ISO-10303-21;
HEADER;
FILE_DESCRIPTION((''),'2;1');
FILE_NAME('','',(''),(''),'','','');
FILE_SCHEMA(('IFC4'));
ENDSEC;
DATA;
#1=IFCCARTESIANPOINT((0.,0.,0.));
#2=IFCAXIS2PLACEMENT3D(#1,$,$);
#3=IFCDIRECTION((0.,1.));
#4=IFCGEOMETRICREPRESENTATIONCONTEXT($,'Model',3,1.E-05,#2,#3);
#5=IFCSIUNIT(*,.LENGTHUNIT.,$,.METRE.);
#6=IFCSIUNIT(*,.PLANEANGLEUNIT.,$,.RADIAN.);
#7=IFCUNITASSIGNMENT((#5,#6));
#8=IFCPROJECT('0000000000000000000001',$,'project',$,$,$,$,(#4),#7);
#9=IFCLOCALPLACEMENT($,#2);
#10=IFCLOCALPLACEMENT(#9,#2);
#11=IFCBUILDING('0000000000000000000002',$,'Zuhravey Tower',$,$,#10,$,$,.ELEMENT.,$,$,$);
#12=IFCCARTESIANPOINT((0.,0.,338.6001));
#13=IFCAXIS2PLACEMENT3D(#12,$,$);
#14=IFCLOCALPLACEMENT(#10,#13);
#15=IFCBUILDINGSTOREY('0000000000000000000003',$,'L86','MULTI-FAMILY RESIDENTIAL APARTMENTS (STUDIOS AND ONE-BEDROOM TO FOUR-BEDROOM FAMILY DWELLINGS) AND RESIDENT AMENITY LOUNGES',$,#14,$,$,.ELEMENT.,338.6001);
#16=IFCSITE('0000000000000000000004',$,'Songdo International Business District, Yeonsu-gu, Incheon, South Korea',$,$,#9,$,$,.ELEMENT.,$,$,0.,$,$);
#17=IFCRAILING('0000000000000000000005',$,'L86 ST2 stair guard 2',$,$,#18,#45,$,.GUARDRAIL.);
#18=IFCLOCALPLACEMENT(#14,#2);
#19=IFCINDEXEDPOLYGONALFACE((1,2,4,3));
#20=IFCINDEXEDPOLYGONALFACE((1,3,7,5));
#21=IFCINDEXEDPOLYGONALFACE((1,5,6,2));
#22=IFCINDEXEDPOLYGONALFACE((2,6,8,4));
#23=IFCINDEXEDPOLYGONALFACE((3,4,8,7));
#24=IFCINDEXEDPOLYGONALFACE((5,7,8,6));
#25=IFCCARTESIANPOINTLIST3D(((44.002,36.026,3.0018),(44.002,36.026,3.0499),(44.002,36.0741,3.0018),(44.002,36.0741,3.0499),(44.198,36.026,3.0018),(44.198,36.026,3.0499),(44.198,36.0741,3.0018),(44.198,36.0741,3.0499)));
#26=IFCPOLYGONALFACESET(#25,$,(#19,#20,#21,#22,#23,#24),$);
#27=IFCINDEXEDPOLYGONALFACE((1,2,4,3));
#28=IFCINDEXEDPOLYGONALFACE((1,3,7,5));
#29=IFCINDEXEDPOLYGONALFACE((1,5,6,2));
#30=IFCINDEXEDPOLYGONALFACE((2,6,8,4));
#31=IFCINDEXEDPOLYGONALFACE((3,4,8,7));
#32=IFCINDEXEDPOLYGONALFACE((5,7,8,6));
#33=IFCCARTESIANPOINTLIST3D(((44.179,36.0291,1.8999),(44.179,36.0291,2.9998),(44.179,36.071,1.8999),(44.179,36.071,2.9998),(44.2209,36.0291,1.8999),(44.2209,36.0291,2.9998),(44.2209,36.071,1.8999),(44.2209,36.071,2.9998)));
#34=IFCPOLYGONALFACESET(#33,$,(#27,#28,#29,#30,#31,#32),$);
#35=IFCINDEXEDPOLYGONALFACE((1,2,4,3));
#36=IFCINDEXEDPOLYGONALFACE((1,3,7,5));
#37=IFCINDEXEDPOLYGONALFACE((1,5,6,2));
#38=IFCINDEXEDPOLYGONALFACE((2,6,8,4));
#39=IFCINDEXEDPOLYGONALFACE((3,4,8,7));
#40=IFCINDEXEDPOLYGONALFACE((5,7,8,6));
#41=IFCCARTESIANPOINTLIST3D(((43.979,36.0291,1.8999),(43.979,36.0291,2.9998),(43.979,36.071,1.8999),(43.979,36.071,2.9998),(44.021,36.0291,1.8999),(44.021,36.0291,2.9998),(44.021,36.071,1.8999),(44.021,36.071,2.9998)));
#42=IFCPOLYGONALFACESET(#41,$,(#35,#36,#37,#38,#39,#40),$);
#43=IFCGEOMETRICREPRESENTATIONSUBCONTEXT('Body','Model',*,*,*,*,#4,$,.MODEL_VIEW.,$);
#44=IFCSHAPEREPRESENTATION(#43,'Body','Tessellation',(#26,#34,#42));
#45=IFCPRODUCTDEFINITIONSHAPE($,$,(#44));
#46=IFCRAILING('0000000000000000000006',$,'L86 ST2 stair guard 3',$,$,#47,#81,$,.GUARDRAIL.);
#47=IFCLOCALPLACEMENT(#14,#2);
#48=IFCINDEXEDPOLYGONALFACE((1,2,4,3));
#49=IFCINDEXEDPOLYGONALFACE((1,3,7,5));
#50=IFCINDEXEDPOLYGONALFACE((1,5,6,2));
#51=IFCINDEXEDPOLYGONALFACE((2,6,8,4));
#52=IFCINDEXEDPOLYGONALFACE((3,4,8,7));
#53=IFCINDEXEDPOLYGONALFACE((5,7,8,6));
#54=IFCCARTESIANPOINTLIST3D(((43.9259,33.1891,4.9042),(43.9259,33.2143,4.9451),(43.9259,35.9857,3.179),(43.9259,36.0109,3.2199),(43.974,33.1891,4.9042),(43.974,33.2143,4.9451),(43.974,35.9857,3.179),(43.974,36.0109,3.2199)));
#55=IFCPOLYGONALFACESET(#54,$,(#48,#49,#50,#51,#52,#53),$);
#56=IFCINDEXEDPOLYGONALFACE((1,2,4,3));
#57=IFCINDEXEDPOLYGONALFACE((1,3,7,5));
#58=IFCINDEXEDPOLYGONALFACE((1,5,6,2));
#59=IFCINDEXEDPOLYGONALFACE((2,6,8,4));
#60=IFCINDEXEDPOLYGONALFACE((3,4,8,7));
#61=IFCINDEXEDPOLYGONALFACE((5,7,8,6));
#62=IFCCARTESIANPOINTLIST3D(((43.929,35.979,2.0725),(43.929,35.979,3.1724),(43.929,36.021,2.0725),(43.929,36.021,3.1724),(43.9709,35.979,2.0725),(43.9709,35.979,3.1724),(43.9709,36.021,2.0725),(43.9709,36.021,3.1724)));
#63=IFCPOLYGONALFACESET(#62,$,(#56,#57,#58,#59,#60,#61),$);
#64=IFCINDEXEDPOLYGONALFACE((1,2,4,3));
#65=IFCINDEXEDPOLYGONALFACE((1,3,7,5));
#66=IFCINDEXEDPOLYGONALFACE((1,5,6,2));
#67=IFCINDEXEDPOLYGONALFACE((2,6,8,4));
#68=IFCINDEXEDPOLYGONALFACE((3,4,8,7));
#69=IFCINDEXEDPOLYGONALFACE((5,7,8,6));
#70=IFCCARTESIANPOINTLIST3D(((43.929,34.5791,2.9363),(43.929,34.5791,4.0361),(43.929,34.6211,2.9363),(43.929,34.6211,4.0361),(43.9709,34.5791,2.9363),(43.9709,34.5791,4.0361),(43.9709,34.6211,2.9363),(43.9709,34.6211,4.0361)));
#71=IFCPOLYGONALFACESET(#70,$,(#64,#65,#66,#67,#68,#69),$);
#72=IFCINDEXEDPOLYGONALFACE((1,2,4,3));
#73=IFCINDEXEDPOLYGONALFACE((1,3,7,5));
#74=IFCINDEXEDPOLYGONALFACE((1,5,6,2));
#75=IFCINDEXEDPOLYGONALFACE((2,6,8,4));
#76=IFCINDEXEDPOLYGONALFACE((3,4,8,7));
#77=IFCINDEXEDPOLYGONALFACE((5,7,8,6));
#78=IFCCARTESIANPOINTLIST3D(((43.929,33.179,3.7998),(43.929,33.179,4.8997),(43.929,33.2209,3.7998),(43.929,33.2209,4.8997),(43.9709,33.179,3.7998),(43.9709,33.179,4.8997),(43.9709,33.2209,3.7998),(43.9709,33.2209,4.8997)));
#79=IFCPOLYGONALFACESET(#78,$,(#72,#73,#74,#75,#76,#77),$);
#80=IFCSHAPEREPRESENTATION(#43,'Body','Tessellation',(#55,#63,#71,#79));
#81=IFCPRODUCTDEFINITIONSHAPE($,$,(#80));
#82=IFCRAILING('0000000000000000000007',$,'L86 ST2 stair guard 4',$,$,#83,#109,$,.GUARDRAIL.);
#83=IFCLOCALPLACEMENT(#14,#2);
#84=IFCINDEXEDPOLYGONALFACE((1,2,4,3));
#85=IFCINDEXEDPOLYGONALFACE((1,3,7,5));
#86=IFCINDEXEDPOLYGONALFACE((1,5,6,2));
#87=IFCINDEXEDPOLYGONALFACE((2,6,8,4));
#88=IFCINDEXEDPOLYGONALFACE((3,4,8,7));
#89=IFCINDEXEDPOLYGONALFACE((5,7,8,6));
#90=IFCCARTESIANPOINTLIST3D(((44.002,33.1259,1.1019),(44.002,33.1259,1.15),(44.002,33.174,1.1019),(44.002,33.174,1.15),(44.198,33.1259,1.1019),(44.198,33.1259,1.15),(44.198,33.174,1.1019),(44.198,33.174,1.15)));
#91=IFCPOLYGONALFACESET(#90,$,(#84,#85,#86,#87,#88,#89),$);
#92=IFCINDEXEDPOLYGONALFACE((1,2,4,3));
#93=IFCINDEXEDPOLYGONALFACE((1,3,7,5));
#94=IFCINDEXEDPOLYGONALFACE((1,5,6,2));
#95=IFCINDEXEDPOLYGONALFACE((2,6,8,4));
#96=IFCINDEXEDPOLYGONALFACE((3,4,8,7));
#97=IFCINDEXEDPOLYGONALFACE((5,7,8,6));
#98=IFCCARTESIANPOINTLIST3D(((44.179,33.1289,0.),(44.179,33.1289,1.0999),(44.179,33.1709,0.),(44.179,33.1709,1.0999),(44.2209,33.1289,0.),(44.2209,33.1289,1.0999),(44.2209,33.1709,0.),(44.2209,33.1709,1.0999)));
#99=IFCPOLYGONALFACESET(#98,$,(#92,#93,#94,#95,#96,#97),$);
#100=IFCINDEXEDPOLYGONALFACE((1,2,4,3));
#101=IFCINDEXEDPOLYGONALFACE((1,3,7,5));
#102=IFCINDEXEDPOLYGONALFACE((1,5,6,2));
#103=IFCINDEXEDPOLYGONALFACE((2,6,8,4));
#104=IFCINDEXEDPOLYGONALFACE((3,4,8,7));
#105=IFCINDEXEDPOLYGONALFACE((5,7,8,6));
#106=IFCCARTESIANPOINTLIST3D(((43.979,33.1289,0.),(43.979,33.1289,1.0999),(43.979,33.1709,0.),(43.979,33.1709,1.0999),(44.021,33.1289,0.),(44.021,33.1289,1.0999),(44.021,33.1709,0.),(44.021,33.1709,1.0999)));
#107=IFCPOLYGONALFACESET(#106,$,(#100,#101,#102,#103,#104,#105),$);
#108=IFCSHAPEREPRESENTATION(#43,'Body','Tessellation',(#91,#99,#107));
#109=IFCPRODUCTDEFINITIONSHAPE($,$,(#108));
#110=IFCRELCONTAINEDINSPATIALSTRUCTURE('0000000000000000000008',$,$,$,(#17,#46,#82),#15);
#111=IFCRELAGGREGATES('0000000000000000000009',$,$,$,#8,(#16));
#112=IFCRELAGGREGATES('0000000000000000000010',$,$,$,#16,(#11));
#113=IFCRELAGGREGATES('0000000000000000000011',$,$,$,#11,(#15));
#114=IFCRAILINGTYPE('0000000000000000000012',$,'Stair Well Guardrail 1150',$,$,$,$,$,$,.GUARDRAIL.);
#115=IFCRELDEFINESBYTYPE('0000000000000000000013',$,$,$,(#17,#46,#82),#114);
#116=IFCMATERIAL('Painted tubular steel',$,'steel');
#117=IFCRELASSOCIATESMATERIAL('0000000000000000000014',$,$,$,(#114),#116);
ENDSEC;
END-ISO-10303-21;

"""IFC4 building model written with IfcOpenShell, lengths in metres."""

from ifc_helpers import new_model, si_unit, direction, frame, origin, origin_2d, place, context, subcontext, project, spatial, rectangle, extrude, material, type_object, element, save


model = new_model("IFC4")

# Units and contexts
model_context = context("Model", 3, precision=1e-05, world=origin(), true_north=direction((0.0, 1.0)))
body_context = subcontext(model_context, "Body", "Model", "MODEL_VIEW")
ifc_project = project(units=[si_unit("LENGTHUNIT", "METRE"), si_unit("PLANEANGLEUNIT", "RADIAN")], contexts=[model_context])

# Site, building, storey
site_placement = place(None, origin())
site = spatial("IfcSite", under=ifc_project, at=site_placement, Name="Songdo International Business District, Yeonsu-gu, Incheon, South Korea", CompositionType="ELEMENT", RefElevation=0.0)
building_placement = place(site_placement, origin())
building = spatial("IfcBuilding", under=site, at=building_placement, Name="Zuhravey Tower", CompositionType="ELEMENT")
storey_placement = place(building_placement, frame((0.0, 0.0, 338.6001)))
storey = spatial("IfcBuildingStorey", under=building, at=storey_placement, Name="L86", Description="MULTI-FAMILY RESIDENTIAL APARTMENTS (STUDIOS AND ONE-BEDROOM TO FOUR-BEDROOM FAMILY DWELLINGS) AND RESIDENT AMENITY LOUNGES", CompositionType="ELEMENT", Elevation=338.6001)

# Railings
ifc_material_1 = material(Name="Painted tubular steel", Category="steel")
railing_type_1 = type_object("IfcRailingType", Name="Stair Well Guardrail 1150", PredefinedType="GUARDRAIL", material=ifc_material_1)
railing_1_placement = place(storey_placement, frame((44.2, 36.05, 1.8999)))
element("IfcRailing", 1, at=railing_1_placement, inside=storey, type_object=railing_type_1, Name="L86 ST2 stair guard 2", PredefinedType="GUARDRAIL", context=body_context, shape_type="SweptSolid", body=[
    extrude(rectangle(XDim=0.0481, YDim=0.0481, at=origin_2d()), frame((-0.002, 0.0, 1.126), z_axis=(-1.0, 0.0, 0.0), x_axis=(0.0, -1.0, 0.0)), (0.0, 0.0, 1.0), 0.196),
    extrude(rectangle(XDim=0.042, YDim=0.042, at=origin_2d()), origin(), (0.0, 0.0, 1.0), 1.0999),
    extrude(rectangle(XDim=0.042, YDim=0.042, at=origin_2d()), frame((-0.2, 0.0, 0.0)), (0.0, 0.0, 1.0), 1.0999),
])
railing_2_placement = place(storey_placement, frame((43.95, 36.0, 2.0725)))
element("IfcRailing", 2, at=railing_2_placement, inside=storey, type_object=railing_type_1, Name="L86 ST2 stair guard 3", PredefinedType="GUARDRAIL", context=body_context, shape_type="SweptSolid", body=[
    extrude(rectangle(XDim=0.0481, YDim=0.0481, at=origin_2d()), frame((0.0, -0.0017, 1.127), z_axis=(0.0, -0.85109, 0.52502), x_axis=(1.0, 0.0, 0.0)), (0.0, 0.0, 1.0), 3.2859),
    extrude(rectangle(XDim=0.042, YDim=0.042, at=origin_2d()), origin(), (0.0, 0.0, 1.0), 1.0999),
    extrude(rectangle(XDim=0.042, YDim=0.042, at=origin_2d()), frame((0.0, -1.3999, 0.8638)), (0.0, 0.0, 1.0), 1.0999),
    extrude(rectangle(XDim=0.042, YDim=0.042, at=origin_2d()), frame((0.0, -2.8, 1.7273)), (0.0, 0.0, 1.0), 1.0999),
])
railing_3_placement = place(storey_placement, frame((44.2, 33.1499, 0.0)))
element("IfcRailing", 3, at=railing_3_placement, inside=storey, type_object=railing_type_1, Name="L86 ST2 stair guard 4", PredefinedType="GUARDRAIL", context=body_context, shape_type="SweptSolid", body=[
    extrude(rectangle(XDim=0.0481, YDim=0.0481, at=origin_2d()), frame((-0.002, 0.0, 1.126), z_axis=(-1.0, 0.0, 0.0), x_axis=(0.0, -1.0, 0.0)), (0.0, 0.0, 1.0), 0.196),
    extrude(rectangle(XDim=0.042, YDim=0.042, at=origin_2d()), origin(), (0.0, 0.0, 1.0), 1.0999),
    extrude(rectangle(XDim=0.042, YDim=0.042, at=origin_2d()), frame((-0.2, 0.0, 0.0)), (0.0, 0.0, 1.0), 1.0999),
])

save(model, "model.ifc")
